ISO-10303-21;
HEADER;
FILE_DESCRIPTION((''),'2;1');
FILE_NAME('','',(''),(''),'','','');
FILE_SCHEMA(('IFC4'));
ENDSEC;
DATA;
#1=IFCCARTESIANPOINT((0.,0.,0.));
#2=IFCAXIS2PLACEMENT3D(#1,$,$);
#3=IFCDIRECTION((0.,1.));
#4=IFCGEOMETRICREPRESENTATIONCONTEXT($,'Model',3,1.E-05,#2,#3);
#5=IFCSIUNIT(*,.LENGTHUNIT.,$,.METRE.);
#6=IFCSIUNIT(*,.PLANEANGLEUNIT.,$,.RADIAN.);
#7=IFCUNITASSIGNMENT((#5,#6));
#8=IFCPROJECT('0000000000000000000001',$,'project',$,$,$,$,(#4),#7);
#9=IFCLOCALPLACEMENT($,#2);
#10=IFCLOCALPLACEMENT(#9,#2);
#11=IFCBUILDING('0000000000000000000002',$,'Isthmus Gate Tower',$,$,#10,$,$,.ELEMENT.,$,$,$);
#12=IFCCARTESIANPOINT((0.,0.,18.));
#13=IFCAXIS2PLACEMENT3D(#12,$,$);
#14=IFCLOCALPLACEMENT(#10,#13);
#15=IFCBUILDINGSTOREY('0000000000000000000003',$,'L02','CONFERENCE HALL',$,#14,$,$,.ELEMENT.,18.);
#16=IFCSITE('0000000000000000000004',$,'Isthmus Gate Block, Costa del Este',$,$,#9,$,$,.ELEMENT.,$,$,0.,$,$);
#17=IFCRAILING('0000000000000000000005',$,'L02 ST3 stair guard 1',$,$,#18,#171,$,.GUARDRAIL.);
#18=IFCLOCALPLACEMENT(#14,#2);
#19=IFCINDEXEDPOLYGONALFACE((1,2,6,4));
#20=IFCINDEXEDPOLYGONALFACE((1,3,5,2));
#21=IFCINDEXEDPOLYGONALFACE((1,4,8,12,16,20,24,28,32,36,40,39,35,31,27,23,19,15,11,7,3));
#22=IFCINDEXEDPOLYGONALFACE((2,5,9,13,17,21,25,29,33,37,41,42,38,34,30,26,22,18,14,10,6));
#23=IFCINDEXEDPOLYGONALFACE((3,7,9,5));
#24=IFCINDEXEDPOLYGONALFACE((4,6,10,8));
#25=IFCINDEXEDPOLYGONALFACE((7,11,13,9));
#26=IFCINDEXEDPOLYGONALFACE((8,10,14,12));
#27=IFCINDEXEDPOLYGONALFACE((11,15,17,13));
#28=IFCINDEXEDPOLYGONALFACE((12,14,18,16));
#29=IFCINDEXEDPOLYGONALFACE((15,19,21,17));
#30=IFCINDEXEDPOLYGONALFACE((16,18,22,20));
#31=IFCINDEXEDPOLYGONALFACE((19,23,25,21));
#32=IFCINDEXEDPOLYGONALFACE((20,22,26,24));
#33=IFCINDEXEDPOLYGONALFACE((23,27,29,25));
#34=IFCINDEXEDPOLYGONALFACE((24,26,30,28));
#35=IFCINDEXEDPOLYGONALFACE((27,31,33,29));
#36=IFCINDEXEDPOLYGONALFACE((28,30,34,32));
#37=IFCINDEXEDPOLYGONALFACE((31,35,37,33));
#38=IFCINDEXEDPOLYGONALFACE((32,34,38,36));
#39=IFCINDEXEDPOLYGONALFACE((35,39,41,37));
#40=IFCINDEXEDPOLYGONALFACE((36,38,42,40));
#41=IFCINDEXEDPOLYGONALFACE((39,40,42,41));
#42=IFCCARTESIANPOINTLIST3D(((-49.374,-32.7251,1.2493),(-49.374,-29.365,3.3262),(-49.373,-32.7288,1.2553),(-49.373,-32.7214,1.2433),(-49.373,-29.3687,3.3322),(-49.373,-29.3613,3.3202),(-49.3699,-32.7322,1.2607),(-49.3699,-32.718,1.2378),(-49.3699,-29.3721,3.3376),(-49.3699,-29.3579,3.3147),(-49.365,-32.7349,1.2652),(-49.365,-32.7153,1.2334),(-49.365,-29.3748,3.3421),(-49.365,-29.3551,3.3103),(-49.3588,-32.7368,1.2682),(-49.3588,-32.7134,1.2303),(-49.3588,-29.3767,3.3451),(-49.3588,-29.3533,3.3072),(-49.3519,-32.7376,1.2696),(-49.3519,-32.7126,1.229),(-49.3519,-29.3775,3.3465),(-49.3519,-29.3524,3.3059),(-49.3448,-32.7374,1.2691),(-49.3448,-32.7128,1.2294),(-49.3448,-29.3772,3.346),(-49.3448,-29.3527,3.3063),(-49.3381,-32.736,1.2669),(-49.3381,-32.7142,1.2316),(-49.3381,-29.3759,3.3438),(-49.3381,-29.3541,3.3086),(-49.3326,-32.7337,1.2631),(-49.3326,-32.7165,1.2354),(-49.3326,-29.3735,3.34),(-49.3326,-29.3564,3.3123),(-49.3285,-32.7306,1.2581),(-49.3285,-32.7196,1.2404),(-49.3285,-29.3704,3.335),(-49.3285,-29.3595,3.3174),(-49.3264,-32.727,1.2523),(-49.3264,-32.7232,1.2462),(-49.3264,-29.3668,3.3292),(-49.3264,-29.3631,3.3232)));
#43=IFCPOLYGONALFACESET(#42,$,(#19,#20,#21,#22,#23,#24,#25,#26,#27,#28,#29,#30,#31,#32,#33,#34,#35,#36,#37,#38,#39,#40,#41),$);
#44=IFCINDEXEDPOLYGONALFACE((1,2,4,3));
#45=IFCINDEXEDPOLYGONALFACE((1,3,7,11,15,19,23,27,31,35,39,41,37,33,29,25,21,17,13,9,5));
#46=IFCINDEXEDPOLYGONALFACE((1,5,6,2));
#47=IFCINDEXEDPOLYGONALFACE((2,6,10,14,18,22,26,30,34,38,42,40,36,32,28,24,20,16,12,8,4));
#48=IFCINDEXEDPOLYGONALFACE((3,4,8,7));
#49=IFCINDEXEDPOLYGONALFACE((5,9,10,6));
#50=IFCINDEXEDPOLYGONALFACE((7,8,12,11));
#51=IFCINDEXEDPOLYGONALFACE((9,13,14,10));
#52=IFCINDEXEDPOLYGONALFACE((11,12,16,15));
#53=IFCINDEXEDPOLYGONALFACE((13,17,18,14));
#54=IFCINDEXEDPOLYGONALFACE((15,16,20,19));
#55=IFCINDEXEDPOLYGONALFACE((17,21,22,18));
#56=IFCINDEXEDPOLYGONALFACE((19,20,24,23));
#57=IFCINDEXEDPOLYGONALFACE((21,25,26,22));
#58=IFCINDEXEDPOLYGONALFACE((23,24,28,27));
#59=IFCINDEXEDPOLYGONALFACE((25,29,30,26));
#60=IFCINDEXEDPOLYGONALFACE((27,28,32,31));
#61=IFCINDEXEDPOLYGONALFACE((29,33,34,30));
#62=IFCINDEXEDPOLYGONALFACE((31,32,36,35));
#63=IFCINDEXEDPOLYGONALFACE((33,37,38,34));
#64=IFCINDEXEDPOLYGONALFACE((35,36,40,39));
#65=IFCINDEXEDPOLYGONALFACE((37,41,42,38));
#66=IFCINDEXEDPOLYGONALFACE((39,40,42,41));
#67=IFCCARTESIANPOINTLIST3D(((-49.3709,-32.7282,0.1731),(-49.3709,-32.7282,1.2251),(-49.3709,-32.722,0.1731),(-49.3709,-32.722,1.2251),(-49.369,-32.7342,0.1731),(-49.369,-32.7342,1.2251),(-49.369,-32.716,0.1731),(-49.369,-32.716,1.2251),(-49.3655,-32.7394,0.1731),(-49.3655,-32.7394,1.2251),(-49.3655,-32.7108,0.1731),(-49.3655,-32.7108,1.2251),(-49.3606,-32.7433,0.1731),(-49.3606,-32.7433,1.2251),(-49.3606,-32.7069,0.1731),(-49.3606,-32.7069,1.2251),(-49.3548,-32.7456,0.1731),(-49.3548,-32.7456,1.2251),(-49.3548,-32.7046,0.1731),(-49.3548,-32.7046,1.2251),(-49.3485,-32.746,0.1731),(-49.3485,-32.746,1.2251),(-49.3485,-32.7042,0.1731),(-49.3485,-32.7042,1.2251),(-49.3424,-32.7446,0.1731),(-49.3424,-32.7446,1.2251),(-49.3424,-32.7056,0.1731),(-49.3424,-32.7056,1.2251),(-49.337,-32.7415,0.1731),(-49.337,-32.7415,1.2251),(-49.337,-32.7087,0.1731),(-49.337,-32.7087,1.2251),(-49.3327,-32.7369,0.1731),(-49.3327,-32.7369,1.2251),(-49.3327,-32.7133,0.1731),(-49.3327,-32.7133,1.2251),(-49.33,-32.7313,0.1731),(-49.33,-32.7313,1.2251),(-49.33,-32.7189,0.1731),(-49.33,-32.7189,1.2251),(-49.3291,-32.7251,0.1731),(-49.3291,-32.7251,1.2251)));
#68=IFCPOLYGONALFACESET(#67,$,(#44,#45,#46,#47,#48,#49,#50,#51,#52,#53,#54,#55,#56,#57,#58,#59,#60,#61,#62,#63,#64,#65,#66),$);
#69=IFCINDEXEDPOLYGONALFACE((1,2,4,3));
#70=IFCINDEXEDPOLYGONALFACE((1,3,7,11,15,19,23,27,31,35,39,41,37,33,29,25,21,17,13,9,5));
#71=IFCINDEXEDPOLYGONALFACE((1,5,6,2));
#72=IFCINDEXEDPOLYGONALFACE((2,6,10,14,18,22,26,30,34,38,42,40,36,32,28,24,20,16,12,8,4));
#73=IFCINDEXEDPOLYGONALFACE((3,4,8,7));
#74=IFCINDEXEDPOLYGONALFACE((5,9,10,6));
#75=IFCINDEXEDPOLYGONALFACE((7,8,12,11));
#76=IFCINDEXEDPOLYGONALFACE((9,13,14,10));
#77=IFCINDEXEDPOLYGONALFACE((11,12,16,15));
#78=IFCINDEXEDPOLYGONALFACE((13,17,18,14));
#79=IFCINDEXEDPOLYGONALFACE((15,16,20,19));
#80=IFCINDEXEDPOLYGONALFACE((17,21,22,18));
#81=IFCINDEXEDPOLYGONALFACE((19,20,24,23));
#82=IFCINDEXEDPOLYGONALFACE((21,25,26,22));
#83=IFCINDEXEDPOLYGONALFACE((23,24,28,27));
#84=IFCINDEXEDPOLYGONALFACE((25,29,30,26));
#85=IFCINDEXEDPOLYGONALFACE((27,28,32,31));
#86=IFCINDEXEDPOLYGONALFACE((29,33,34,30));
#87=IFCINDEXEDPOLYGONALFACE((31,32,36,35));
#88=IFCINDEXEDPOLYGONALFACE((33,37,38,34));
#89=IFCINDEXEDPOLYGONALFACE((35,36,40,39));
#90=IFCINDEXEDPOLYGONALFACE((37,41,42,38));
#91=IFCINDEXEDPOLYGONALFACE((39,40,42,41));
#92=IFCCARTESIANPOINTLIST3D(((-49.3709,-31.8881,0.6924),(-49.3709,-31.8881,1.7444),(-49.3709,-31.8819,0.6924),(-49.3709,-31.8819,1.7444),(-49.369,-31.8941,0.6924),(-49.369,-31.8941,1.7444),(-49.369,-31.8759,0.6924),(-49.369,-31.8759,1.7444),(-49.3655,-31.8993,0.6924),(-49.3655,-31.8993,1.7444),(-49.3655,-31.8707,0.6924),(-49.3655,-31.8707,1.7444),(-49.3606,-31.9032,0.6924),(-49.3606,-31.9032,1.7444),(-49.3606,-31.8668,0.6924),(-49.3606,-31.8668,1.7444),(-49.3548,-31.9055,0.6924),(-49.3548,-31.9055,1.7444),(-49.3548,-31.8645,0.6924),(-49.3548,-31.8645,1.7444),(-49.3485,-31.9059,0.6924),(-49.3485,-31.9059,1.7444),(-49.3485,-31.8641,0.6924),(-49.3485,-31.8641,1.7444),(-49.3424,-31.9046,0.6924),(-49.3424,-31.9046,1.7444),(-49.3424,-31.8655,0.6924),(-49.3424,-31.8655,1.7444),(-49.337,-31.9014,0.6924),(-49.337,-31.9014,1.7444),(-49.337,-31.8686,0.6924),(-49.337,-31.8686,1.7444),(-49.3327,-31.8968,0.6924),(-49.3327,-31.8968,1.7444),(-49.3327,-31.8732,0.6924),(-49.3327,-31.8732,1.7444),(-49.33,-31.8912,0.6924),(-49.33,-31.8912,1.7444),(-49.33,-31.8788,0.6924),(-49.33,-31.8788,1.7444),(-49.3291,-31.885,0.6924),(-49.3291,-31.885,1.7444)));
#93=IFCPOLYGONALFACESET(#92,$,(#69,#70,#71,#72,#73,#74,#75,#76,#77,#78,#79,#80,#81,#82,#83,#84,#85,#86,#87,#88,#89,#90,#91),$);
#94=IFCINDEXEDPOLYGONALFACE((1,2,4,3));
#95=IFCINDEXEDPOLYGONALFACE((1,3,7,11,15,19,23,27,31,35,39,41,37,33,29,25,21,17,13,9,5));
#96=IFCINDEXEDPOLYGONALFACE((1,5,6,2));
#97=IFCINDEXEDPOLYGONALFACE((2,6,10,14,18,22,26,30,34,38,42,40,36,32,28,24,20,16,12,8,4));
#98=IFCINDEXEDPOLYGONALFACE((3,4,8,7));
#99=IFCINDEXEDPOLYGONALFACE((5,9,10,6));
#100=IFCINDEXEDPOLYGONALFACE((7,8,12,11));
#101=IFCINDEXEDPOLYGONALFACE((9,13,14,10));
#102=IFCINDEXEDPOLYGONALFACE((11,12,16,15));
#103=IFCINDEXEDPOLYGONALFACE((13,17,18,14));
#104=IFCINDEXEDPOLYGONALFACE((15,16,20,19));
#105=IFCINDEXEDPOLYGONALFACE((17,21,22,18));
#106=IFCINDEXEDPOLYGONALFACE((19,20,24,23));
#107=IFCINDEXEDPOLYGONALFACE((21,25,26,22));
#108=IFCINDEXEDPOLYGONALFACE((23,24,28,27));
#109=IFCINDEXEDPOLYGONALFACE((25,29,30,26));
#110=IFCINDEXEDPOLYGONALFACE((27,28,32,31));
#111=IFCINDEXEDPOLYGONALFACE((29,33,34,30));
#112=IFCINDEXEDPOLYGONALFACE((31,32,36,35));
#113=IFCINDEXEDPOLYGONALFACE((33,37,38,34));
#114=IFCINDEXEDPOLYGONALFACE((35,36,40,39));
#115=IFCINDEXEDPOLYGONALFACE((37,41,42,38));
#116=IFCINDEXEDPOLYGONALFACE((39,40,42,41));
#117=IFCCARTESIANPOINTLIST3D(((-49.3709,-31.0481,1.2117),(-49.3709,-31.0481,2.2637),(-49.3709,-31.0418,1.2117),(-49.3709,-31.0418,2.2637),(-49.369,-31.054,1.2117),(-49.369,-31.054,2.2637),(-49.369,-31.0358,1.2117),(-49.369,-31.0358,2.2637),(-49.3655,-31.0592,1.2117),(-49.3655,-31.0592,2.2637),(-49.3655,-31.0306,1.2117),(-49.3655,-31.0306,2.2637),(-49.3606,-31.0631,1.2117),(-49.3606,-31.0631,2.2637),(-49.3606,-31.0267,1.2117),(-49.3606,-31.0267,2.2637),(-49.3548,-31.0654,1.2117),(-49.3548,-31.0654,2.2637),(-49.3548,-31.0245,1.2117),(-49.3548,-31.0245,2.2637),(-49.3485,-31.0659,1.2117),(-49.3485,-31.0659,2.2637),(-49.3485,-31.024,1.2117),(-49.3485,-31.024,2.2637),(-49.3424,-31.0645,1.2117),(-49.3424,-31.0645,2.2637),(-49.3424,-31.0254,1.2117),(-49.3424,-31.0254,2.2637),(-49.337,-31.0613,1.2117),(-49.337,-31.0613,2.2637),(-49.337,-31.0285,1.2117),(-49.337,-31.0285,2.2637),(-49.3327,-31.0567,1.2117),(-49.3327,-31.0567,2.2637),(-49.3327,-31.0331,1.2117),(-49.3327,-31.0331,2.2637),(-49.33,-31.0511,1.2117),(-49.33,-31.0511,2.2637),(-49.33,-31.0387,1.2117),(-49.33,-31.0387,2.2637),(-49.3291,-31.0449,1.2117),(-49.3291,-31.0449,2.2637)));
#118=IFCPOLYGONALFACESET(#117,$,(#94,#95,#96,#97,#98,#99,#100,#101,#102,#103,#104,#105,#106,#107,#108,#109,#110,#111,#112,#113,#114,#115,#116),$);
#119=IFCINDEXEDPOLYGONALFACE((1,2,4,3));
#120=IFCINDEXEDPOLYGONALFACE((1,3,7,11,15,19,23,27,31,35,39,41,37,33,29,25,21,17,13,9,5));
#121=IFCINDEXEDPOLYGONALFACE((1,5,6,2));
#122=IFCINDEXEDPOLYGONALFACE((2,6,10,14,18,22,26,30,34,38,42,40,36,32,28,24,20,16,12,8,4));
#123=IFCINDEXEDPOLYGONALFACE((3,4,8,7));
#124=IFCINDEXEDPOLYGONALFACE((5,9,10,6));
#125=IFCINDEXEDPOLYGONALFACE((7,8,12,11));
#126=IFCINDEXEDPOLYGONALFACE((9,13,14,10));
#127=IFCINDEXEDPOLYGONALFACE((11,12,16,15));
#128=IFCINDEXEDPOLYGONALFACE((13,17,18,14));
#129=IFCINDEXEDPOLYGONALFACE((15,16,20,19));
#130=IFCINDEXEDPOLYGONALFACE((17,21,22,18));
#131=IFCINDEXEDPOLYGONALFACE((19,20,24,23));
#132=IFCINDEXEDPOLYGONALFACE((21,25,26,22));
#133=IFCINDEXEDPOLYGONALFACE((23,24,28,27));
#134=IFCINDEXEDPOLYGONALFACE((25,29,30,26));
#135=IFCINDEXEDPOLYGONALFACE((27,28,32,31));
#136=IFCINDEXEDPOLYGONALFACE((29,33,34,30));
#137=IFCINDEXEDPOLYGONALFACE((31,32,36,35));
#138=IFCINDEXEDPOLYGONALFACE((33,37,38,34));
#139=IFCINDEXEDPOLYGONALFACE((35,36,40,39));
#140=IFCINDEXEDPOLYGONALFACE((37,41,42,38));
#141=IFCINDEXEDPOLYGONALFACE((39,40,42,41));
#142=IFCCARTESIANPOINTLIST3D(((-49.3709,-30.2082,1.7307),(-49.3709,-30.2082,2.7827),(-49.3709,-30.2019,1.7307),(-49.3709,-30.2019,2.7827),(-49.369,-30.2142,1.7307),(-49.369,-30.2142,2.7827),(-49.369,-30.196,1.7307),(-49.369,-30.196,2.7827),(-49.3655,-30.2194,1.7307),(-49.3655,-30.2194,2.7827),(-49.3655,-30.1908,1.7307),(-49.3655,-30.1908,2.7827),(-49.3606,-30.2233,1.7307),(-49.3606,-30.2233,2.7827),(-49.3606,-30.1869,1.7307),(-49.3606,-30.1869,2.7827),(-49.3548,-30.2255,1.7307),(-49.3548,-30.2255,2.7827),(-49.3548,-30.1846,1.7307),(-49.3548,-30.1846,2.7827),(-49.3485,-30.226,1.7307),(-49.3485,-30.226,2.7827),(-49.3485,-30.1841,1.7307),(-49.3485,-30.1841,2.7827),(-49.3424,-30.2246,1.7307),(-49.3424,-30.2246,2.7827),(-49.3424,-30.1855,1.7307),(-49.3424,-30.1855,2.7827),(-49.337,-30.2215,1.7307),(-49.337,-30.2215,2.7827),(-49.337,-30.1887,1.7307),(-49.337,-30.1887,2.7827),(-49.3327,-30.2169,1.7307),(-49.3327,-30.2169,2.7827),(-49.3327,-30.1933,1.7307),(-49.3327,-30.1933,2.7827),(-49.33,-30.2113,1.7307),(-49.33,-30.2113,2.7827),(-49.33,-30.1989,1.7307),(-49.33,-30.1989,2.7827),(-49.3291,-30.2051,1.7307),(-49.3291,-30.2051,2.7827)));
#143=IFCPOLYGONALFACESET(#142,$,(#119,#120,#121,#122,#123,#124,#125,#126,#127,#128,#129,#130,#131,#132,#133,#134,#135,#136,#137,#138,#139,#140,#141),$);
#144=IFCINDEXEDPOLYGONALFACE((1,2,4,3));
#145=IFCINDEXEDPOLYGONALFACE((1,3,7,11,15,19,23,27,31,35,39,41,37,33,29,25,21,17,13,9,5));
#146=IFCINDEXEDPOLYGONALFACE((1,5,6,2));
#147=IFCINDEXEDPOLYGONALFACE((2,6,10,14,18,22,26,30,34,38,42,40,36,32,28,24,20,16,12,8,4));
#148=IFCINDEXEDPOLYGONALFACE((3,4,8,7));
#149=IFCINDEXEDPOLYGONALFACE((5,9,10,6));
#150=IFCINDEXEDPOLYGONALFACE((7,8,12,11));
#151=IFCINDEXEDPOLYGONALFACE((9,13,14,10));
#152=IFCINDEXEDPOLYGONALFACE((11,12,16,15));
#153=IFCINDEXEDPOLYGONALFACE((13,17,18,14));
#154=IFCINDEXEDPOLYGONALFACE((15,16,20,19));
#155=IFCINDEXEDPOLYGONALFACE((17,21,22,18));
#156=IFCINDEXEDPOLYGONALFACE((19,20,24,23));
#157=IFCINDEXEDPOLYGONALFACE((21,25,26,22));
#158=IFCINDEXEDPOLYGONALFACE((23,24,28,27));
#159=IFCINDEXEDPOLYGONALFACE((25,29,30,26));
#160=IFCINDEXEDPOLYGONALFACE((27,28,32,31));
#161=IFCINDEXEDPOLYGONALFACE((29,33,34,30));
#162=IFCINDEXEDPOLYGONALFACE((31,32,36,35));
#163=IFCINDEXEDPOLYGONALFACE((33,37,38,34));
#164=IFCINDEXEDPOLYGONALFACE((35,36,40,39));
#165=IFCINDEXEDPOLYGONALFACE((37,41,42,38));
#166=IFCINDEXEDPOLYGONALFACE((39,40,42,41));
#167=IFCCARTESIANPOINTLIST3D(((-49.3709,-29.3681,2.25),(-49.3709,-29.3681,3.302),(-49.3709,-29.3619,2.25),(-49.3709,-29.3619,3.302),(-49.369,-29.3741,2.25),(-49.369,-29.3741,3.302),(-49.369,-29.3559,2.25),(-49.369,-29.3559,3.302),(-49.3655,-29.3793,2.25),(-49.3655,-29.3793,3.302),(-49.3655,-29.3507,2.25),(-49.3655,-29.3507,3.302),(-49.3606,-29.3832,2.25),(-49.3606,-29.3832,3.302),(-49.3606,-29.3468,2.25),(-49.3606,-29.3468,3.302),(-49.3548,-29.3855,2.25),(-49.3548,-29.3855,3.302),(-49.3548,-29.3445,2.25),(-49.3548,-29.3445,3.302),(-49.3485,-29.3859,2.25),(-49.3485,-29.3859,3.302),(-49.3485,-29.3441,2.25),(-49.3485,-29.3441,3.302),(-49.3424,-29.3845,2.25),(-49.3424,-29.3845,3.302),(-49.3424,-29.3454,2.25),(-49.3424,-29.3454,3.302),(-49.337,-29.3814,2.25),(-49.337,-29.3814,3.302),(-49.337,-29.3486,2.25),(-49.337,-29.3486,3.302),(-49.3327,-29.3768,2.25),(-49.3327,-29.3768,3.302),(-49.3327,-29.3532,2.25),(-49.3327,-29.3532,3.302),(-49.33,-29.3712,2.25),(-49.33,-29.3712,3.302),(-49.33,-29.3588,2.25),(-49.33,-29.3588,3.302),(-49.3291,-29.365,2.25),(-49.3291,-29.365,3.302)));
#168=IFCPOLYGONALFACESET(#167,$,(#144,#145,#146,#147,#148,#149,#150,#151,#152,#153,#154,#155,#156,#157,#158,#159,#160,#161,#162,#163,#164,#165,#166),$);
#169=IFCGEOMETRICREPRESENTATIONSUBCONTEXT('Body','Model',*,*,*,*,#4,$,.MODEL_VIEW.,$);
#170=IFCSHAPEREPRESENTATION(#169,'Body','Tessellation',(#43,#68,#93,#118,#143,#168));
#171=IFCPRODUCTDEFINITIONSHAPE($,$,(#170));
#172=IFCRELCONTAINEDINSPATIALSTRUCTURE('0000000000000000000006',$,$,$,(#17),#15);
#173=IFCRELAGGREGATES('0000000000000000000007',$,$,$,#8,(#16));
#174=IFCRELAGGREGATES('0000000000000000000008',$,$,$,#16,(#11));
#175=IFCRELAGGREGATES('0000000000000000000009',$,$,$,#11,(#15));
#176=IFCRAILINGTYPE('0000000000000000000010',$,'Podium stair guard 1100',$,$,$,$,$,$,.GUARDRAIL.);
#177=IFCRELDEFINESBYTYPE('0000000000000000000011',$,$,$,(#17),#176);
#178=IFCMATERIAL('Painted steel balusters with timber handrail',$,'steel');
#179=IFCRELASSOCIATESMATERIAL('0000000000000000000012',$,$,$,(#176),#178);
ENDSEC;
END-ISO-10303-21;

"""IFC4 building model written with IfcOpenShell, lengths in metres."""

from ifc_helpers import new_model, si_unit, direction, frame, origin, origin_2d, place, context, subcontext, project, spatial, circle, extrude, material, type_object, element, save


model = new_model("IFC4")

# Units and contexts
model_context = context("Model", 3, precision=1e-05, world=origin(), true_north=direction((0.0, 1.0)))
body_context = subcontext(model_context, "Body", "Model", "MODEL_VIEW")
ifc_project = project(units=[si_unit("LENGTHUNIT", "METRE"), si_unit("PLANEANGLEUNIT", "RADIAN")], contexts=[model_context])

# Site, building, storey
site_placement = place(None, origin())
site = spatial("IfcSite", under=ifc_project, at=site_placement, Name="Isthmus Gate Block, Costa del Este", CompositionType="ELEMENT", RefElevation=0.0)
building_placement = place(site_placement, origin())
building = spatial("IfcBuilding", under=site, at=building_placement, Name="Isthmus Gate Tower", CompositionType="ELEMENT")
storey_placement = place(building_placement, frame((0.0, 0.0, 18.0)))
storey = spatial("IfcBuildingStorey", under=building, at=storey_placement, Name="L02", Description="CONFERENCE HALL", CompositionType="ELEMENT", Elevation=18.0)

# Railing
ifc_material_1 = material(Name="Painted steel balusters with timber handrail", Category="steel")
railing_type_1 = type_object("IfcRailingType", Name="Podium stair guard 1100", PredefinedType="GUARDRAIL", material=ifc_material_1)
railing_1_placement = place(storey_placement, frame((-49.3501, -32.7251, 0.1731)))
element("IfcRailing", 1, at=railing_1_placement, inside=storey, type_object=railing_type_1, Name="L02 ST3 stair guard 1", PredefinedType="GUARDRAIL", context=body_context, shape_type="SweptSolid", body=[
    extrude(circle(Radius=0.0239, at=origin_2d()), frame((0.0, 0.0, 1.0762), z_axis=(0.0, 0.850623, 0.525776), x_axis=(-1.0, 0.0, 0.0)), (0.0, 0.0, 1.0), 3.9502),
    extrude(circle(Radius=0.021, at=origin_2d()), origin(), (0.0, 0.0, 1.0), 1.052),
    extrude(circle(Radius=0.021, at=origin_2d()), frame((0.0, 0.8401, 0.5193)), (0.0, 0.0, 1.0), 1.052),
    extrude(circle(Radius=0.021, at=origin_2d()), frame((0.0, 1.6802, 1.0386)), (0.0, 0.0, 1.0), 1.052),
    extrude(circle(Radius=0.021, at=origin_2d()), frame((0.0, 2.52, 1.5576)), (0.0, 0.0, 1.0), 1.052),
    extrude(circle(Radius=0.021, at=origin_2d()), frame((0.0, 3.3601, 2.0769)), (0.0, 0.0, 1.0), 1.052),
])

save(model, "model.ifc")
